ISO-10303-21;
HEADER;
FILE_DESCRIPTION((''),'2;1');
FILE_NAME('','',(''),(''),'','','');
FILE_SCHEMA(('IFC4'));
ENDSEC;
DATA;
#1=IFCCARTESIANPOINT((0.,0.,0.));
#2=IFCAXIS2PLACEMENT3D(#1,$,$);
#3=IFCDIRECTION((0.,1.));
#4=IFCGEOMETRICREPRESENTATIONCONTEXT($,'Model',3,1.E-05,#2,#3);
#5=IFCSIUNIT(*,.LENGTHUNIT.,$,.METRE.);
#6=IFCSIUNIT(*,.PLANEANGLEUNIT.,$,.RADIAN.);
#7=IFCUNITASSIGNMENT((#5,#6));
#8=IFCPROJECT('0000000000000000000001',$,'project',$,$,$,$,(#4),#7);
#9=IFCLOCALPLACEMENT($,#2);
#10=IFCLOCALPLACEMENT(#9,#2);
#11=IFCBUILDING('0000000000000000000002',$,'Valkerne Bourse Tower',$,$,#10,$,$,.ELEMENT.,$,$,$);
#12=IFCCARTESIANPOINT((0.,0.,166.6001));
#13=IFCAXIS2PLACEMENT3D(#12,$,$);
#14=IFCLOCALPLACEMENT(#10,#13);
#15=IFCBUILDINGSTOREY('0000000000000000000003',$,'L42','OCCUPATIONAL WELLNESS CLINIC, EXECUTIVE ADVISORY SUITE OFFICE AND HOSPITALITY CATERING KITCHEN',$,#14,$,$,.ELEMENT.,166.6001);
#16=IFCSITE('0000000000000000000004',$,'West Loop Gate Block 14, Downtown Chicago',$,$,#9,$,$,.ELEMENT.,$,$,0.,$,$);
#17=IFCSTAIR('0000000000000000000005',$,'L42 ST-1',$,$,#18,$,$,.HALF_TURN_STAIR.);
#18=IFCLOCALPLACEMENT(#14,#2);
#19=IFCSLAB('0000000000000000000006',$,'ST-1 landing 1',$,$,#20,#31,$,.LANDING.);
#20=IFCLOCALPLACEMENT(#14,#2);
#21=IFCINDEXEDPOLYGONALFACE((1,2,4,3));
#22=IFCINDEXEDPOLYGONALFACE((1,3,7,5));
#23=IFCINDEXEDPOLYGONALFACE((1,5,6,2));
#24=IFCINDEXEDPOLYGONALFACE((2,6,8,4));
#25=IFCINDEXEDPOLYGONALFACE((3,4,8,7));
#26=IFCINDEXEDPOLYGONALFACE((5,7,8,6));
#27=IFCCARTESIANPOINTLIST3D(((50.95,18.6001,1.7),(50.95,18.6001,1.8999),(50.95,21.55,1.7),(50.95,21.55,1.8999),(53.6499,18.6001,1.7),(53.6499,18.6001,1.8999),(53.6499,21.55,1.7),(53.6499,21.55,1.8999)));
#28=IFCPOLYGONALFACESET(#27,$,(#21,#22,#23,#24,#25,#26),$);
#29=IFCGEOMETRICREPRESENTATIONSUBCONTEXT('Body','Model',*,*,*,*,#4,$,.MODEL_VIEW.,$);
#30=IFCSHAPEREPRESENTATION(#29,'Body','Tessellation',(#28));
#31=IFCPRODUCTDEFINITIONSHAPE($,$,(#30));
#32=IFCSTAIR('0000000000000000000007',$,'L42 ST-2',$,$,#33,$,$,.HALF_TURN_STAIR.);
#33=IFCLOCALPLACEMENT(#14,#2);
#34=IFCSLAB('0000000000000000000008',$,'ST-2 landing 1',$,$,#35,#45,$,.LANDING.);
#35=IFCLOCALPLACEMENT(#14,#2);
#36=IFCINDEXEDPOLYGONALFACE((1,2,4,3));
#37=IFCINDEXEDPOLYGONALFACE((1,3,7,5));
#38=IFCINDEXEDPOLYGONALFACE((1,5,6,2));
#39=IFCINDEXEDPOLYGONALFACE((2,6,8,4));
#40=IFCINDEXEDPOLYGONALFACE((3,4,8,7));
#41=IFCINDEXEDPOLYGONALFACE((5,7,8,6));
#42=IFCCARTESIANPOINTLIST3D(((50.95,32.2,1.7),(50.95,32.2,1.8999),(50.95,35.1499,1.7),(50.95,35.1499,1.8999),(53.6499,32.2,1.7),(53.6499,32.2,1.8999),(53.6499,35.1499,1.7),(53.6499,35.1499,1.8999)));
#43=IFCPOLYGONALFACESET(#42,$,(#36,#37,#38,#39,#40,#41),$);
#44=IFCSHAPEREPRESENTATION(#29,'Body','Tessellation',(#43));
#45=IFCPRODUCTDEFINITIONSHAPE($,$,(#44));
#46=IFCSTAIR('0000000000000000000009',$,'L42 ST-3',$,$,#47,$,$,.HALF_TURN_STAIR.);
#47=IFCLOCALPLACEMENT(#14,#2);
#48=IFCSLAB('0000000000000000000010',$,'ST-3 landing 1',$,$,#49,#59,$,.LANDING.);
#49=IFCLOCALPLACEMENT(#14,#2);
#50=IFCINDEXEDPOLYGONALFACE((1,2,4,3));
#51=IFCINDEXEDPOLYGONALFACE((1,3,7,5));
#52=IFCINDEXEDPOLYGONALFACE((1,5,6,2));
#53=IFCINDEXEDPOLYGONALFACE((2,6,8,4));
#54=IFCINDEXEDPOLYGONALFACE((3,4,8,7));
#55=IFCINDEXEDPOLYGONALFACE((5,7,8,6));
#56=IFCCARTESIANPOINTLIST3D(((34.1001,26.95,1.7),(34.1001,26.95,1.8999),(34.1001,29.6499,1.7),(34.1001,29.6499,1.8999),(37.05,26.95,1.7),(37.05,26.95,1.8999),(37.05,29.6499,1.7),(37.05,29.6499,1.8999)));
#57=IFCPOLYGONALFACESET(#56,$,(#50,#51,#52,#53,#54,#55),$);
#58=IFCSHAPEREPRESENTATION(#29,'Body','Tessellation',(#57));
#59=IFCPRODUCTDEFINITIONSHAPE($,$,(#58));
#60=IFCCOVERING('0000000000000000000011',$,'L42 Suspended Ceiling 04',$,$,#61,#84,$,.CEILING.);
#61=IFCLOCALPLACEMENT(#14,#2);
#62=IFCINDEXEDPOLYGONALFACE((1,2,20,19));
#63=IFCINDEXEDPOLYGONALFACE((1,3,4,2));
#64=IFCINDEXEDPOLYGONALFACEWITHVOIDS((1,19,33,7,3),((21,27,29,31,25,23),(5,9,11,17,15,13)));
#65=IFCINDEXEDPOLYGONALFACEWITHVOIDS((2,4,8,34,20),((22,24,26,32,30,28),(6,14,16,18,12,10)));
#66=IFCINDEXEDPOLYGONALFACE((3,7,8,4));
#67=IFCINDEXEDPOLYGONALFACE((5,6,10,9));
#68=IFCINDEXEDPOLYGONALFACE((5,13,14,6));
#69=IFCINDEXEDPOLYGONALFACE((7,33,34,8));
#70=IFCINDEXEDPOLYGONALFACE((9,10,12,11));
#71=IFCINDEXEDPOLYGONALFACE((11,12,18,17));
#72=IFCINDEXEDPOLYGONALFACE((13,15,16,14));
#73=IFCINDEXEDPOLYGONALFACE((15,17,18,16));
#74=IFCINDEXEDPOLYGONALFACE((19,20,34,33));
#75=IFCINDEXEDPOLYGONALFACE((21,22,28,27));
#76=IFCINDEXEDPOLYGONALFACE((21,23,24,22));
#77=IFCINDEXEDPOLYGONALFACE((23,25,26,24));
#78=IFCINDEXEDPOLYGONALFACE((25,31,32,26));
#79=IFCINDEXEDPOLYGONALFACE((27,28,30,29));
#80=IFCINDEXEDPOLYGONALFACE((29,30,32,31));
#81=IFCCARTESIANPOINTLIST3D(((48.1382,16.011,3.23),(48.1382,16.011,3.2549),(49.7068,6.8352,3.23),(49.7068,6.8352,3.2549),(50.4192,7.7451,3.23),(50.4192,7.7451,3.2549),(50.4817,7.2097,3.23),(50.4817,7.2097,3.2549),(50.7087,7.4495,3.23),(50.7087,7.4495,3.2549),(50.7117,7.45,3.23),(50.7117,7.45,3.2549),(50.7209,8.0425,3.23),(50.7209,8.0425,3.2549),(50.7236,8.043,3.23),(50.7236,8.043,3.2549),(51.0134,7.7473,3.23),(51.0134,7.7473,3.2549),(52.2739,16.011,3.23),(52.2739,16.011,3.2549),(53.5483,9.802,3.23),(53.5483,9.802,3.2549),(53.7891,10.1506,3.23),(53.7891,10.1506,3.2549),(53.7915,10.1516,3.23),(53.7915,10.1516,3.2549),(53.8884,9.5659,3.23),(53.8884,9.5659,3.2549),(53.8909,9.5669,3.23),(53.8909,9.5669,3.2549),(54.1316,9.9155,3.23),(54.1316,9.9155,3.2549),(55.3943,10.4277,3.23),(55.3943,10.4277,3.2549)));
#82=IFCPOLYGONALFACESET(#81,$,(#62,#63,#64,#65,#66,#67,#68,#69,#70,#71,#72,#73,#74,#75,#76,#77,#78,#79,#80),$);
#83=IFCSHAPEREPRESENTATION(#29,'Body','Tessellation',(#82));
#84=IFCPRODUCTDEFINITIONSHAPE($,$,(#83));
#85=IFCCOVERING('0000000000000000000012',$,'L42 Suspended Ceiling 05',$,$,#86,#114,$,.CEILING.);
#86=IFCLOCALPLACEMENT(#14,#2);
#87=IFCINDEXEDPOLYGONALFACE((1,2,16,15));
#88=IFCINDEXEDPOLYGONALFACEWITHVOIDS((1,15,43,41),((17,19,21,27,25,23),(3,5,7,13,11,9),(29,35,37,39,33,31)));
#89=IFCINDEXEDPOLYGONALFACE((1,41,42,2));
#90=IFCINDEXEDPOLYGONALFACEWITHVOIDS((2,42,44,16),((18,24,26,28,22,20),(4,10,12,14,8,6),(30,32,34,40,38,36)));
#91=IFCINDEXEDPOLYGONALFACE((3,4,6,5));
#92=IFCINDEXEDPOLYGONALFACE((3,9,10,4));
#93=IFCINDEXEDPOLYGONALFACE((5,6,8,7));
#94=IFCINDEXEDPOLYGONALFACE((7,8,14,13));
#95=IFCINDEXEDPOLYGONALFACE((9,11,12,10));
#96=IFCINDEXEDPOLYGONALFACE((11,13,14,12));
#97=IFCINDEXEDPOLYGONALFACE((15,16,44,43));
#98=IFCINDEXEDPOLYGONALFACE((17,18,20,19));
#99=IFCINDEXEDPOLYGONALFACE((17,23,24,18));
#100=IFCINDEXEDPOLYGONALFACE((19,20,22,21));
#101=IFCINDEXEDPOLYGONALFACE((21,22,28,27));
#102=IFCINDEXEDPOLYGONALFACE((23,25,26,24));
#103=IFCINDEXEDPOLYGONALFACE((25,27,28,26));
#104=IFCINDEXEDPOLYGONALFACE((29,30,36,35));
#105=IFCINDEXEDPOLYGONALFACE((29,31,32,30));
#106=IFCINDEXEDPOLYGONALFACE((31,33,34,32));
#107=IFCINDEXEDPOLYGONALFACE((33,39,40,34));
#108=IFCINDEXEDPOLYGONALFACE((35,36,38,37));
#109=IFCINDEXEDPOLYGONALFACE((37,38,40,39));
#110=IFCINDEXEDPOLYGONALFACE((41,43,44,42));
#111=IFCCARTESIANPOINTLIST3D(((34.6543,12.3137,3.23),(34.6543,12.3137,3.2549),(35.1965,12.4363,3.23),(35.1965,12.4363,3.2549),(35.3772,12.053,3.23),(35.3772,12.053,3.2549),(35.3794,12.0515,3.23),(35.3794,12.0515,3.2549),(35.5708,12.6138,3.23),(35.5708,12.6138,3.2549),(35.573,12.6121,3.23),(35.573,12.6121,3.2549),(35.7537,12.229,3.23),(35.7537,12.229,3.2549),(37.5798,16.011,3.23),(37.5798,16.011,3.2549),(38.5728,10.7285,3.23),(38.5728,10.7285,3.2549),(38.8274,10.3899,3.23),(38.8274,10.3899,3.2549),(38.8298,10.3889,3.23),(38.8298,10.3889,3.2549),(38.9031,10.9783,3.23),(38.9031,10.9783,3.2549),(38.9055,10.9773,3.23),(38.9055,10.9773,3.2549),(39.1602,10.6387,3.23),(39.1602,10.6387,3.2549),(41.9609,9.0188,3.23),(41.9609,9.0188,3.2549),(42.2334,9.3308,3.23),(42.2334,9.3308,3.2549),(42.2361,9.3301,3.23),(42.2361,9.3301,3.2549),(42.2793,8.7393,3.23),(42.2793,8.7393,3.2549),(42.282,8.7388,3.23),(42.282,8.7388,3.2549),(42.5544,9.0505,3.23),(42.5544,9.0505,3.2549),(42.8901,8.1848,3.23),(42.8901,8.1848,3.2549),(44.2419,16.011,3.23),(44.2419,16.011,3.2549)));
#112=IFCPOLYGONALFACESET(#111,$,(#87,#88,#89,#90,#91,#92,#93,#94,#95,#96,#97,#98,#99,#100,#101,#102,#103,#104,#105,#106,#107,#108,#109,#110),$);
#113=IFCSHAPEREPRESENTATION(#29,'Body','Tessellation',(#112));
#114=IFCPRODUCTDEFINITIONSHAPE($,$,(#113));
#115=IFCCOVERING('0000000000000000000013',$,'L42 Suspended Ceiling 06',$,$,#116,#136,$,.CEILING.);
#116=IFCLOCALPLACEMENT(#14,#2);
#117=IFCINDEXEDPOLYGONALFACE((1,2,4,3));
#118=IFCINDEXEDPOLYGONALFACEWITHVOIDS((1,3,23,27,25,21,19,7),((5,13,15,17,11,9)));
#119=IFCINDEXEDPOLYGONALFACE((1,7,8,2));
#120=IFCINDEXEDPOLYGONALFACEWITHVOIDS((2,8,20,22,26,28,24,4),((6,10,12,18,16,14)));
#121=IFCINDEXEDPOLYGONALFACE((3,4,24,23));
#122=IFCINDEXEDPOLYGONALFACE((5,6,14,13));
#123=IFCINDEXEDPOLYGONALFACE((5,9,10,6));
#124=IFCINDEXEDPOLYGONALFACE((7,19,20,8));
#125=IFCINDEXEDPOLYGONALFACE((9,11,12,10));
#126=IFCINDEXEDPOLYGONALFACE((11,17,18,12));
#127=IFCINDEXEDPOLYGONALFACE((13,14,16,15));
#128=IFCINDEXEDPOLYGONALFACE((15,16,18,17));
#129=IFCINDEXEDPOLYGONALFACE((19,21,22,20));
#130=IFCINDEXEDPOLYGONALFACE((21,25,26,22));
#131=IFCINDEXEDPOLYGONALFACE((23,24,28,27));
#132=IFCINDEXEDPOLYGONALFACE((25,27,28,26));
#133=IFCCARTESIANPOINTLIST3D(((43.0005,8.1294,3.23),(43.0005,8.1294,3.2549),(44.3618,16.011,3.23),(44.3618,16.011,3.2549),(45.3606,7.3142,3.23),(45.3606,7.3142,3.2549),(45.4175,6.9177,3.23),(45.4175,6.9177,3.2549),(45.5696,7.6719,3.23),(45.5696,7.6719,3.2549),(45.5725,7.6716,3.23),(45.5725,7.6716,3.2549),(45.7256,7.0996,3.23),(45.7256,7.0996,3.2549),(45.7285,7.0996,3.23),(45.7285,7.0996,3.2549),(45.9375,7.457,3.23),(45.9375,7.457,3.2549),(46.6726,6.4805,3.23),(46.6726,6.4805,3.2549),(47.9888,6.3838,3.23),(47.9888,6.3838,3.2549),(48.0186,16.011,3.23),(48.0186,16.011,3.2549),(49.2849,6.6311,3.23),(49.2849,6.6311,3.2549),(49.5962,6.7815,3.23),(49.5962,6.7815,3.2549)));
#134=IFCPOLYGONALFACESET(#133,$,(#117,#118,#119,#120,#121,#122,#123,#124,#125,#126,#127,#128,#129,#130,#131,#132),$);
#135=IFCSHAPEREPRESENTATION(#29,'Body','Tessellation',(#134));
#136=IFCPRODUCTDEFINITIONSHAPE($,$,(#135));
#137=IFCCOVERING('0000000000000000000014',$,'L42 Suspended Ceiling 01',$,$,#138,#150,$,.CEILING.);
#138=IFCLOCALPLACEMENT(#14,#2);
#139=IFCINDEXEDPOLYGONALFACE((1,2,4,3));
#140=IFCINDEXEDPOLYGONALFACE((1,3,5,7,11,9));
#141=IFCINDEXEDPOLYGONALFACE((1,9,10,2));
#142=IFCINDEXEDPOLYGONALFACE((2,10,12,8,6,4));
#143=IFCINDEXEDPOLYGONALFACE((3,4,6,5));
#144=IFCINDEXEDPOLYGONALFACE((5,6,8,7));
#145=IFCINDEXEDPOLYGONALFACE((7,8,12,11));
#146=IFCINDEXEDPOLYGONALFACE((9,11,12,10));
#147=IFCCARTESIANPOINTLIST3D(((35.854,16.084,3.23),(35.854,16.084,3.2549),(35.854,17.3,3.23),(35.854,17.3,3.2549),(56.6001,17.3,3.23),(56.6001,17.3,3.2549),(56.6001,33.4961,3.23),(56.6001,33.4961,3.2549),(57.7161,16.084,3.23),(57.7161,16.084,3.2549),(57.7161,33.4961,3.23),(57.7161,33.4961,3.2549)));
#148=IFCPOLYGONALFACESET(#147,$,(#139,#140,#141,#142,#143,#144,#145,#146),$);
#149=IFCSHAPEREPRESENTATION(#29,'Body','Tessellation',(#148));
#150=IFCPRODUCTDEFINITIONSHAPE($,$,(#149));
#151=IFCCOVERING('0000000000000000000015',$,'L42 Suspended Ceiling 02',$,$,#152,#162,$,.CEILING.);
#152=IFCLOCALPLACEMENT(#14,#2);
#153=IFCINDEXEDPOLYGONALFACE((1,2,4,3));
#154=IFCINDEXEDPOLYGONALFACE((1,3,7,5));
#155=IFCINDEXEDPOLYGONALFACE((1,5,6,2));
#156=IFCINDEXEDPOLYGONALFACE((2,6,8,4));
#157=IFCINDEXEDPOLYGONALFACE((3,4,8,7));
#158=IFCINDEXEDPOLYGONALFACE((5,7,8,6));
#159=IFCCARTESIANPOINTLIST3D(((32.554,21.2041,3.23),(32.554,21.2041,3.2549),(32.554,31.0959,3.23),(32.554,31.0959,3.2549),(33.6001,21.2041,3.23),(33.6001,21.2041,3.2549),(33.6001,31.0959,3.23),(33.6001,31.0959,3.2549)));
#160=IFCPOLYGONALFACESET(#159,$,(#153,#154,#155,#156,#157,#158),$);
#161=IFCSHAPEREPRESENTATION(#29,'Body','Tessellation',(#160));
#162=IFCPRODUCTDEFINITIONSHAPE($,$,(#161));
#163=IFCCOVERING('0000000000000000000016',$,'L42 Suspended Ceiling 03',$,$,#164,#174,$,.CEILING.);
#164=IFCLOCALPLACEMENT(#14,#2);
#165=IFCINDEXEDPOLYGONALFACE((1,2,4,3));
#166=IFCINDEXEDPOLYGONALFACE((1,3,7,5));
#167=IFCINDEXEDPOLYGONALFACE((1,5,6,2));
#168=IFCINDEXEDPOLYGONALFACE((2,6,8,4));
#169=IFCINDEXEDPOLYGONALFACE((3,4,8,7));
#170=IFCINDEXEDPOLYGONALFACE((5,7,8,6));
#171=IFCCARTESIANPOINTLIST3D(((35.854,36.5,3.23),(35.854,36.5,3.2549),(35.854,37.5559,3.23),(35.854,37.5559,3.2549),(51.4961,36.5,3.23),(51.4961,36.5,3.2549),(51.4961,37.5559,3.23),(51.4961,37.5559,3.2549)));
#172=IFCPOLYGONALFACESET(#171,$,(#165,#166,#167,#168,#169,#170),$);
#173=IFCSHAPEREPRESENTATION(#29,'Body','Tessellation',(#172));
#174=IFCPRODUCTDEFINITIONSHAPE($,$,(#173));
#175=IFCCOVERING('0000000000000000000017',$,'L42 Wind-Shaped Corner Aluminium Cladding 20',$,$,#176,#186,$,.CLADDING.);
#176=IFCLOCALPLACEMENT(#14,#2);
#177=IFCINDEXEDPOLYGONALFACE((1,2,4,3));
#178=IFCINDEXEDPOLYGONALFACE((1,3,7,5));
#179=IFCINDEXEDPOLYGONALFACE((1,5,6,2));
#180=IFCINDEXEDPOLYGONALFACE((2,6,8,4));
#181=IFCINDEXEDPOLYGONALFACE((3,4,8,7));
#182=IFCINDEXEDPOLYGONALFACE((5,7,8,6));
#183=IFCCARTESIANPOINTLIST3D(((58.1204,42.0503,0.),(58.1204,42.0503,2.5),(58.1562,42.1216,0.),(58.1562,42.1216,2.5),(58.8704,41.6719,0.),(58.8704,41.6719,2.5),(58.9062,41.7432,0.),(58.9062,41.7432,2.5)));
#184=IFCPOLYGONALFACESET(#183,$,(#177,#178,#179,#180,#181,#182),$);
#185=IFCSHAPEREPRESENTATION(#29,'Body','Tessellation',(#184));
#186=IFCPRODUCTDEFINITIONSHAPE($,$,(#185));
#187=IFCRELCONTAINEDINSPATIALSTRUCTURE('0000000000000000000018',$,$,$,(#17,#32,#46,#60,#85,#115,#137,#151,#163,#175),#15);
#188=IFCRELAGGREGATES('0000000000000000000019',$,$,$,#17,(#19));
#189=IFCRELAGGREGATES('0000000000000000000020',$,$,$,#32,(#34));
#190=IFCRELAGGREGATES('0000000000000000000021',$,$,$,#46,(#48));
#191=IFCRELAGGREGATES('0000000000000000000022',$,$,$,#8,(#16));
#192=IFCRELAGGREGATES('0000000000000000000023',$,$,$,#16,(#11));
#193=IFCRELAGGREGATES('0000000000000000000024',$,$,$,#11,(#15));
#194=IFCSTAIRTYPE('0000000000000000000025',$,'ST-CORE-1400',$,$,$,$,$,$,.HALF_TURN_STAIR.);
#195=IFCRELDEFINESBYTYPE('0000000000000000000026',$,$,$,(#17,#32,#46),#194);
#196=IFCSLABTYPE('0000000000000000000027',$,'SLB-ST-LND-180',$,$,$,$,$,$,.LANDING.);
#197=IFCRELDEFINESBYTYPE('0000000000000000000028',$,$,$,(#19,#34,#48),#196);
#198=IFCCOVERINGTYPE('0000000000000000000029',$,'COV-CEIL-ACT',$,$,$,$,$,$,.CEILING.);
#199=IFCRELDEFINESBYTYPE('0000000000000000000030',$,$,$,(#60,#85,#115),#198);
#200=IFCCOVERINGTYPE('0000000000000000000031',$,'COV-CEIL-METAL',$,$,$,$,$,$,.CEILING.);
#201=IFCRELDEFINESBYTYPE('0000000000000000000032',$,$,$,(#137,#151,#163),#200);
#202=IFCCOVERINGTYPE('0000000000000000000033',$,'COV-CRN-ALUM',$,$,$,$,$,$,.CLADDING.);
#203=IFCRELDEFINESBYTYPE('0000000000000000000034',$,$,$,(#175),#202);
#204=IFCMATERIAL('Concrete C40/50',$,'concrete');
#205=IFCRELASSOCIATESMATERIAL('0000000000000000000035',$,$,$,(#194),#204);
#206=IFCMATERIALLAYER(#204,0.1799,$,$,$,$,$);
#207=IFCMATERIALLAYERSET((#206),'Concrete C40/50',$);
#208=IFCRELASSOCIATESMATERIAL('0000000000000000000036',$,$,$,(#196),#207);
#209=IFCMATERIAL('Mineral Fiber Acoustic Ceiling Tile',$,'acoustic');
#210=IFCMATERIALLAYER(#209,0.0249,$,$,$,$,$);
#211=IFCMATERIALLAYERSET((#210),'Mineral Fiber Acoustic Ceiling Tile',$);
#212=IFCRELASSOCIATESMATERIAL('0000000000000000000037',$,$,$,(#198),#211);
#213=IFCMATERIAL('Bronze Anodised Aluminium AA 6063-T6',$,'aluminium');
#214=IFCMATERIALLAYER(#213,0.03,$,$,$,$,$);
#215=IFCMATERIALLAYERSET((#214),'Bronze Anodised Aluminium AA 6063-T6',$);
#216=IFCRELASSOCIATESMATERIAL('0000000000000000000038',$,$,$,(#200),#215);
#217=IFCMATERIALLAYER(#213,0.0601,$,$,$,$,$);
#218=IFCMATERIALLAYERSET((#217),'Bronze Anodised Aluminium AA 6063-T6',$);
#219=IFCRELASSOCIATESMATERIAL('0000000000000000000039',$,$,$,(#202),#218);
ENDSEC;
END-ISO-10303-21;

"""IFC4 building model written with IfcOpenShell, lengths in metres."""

from ifc_helpers import new_model, si_unit, direction, frame, origin, place, context, subcontext, project, spatial, polyline, outline, extrude, material, layer, layer_set, type_object, element, aggregate, save


model = new_model("IFC4")

# Units and contexts
model_context = context("Model", 3, precision=1e-05, world=origin(), true_north=direction((0.0, 1.0)))
body_context = subcontext(model_context, "Body", "Model", "MODEL_VIEW")
ifc_project = project(units=[si_unit("LENGTHUNIT", "METRE"), si_unit("PLANEANGLEUNIT", "RADIAN")], contexts=[model_context])

# Site, building, storey
site_placement = place(None, origin())
site = spatial("IfcSite", under=ifc_project, at=site_placement, Name="West Loop Gate Block 14, Downtown Chicago", CompositionType="ELEMENT", RefElevation=0.0)
building_placement = place(site_placement, origin())
building = spatial("IfcBuilding", under=site, at=building_placement, Name="Valkerne Bourse Tower", CompositionType="ELEMENT")
storey_placement = place(building_placement, frame((0.0, 0.0, 166.6001)))
storey = spatial("IfcBuildingStorey", under=building, at=storey_placement, Name="L42", Description="OCCUPATIONAL WELLNESS CLINIC, EXECUTIVE ADVISORY SUITE OFFICE AND HOSPITALITY CATERING KITCHEN", CompositionType="ELEMENT", Elevation=166.6001)

# Stairs, slabs
ifc_material_1 = material(Name="Concrete C40/50", Category="concrete")
stair_type = type_object("IfcStairType", Name="ST-CORE-1400", PredefinedType="HALF_TURN_STAIR", material=ifc_material_1)
stair_1_placement = place(storey_placement, origin())
stair_1 = element("IfcStair", 1, at=stair_1_placement, inside=storey, type_object=stair_type, Name="L42 ST-1", PredefinedType="HALF_TURN_STAIR")
ifc_layer_1 = layer(ifc_material_1, 0.1799)
ifc_layer_set_1 = layer_set([ifc_layer_1], Name="Concrete C40/50")
slab_type = type_object("IfcSlabType", Name="SLB-ST-LND-180", PredefinedType="LANDING", material=ifc_layer_set_1)
slab_1_placement = place(storey_placement, frame((0.0, 0.0, 1.7)))
slab_1 = element("IfcSlab", 2, at=slab_1_placement, type_object=slab_type, Name="ST-1 landing 1", PredefinedType="LANDING", context=body_context, shape_type="SweptSolid", body=[
    extrude(outline(polyline([(50.95, 18.6001), (53.6499, 18.6001), (53.6499, 21.55), (50.95, 21.55), (50.95, 18.6001)])), origin(), (0.0, 0.0, 1.0), 0.2),
])
aggregate(stair_1, [slab_1])
stair_2_placement = place(storey_placement, origin())
stair_2 = element("IfcStair", 3, at=stair_2_placement, inside=storey, type_object=stair_type, Name="L42 ST-2", PredefinedType="HALF_TURN_STAIR")
slab_2_placement = place(storey_placement, frame((0.0, 0.0, 1.7)))
slab_2 = element("IfcSlab", 4, at=slab_2_placement, type_object=slab_type, Name="ST-2 landing 1", PredefinedType="LANDING", context=body_context, shape_type="SweptSolid", body=[
    extrude(outline(polyline([(50.95, 32.2), (53.6499, 32.2), (53.6499, 35.1499), (50.95, 35.1499), (50.95, 32.2)])), origin(), (0.0, 0.0, 1.0), 0.2),
])
aggregate(stair_2, [slab_2])
stair_3_placement = place(storey_placement, origin())
stair_3 = element("IfcStair", 5, at=stair_3_placement, inside=storey, type_object=stair_type, Name="L42 ST-3", PredefinedType="HALF_TURN_STAIR")
slab_3_placement = place(storey_placement, frame((0.0, 0.0, 1.7)))
slab_3 = element("IfcSlab", 6, at=slab_3_placement, type_object=slab_type, Name="ST-3 landing 1", PredefinedType="LANDING", context=body_context, shape_type="SweptSolid", body=[
    extrude(outline(polyline([(37.05, 26.95), (37.05, 29.6499), (34.1001, 29.6499), (34.1001, 26.95), (37.05, 26.95)])), origin(), (0.0, 0.0, 1.0), 0.2),
])
aggregate(stair_3, [slab_3])

# Coverings
ifc_material_2 = material(Name="Mineral Fiber Acoustic Ceiling Tile", Category="acoustic")
ifc_layer_2 = layer(ifc_material_2, 0.0249)
ifc_layer_set_2 = layer_set([ifc_layer_2], Name="Mineral Fiber Acoustic Ceiling Tile")
covering_type_1 = type_object("IfcCoveringType", Name="COV-CEIL-ACT", PredefinedType="CEILING", material=ifc_layer_set_2)
covering_1_placement = place(storey_placement, frame((0.0, 0.0, 3.23)))
element("IfcCovering", 7, at=covering_1_placement, inside=storey, type_object=covering_type_1, Name="L42 Suspended Ceiling 04", PredefinedType="CEILING", context=body_context, shape_type="SweptSolid", body=[
    extrude(outline(polyline([(48.1382, 16.011), (52.2739, 16.011), (55.3943, 10.4277), (50.4817, 7.2097), (49.7068, 6.8352), (48.1382, 16.011)]), holes=[polyline([(51.0134, 7.7473), (50.7236, 8.043), (50.7209, 8.0425), (50.4192, 7.7451), (50.7087, 7.4495), (50.7117, 7.45), (51.0134, 7.7473)]), polyline([(54.1316, 9.9155), (53.7915, 10.1516), (53.7891, 10.1506), (53.5483, 9.802), (53.8884, 9.5659), (53.8909, 9.5669), (54.1316, 9.9155)])]), origin(), (0.0, 0.0, 1.0), 0.0249),
])
covering_2_placement = place(storey_placement, frame((0.0, 0.0, 3.23)))
element("IfcCovering", 8, at=covering_2_placement, inside=storey, type_object=covering_type_1, Name="L42 Suspended Ceiling 05", PredefinedType="CEILING", context=body_context, shape_type="SweptSolid", body=[
    extrude(outline(polyline([(44.2419, 16.011), (42.8901, 8.1848), (34.6543, 12.3137), (37.5798, 16.011), (44.2419, 16.011)]), holes=[polyline([(35.573, 12.6121), (35.5708, 12.6138), (35.1965, 12.4363), (35.3772, 12.053), (35.3794, 12.0515), (35.7537, 12.229), (35.573, 12.6121)]), polyline([(42.2361, 9.3301), (42.2334, 9.3308), (41.9609, 9.0188), (42.2793, 8.7393), (42.282, 8.7388), (42.5544, 9.0505), (42.2361, 9.3301)]), polyline([(39.1602, 10.6387), (38.9055, 10.9773), (38.9031, 10.9783), (38.5728, 10.7285), (38.8274, 10.3899), (38.8298, 10.3889), (39.1602, 10.6387)])]), origin(), (0.0, 0.0, 1.0), 0.0249),
])
covering_3_placement = place(storey_placement, frame((0.0, 0.0, 3.23)))
element("IfcCovering", 9, at=covering_3_placement, inside=storey, type_object=covering_type_1, Name="L42 Suspended Ceiling 06", PredefinedType="CEILING", context=body_context, shape_type="SweptSolid", body=[
    extrude(outline(polyline([(46.6726, 6.4805), (45.4175, 6.9177), (43.0005, 8.1294), (44.3618, 16.011), (48.0186, 16.011), (49.5962, 6.7815), (49.2849, 6.6311), (47.9888, 6.3838), (46.6726, 6.4805)]), holes=[polyline([(45.9375, 7.457), (45.5725, 7.6716), (45.5696, 7.6719), (45.3606, 7.3142), (45.7256, 7.0996), (45.7285, 7.0996), (45.9375, 7.457)])]), origin(), (0.0, 0.0, 1.0), 0.0249),
])
ifc_material_3 = material(Name="Bronze Anodised Aluminium AA 6063-T6", Category="aluminium")
ifc_layer_3 = layer(ifc_material_3, 0.03)
ifc_layer_set_3 = layer_set([ifc_layer_3], Name="Bronze Anodised Aluminium AA 6063-T6")
covering_type_2 = type_object("IfcCoveringType", Name="COV-CEIL-METAL", PredefinedType="CEILING", material=ifc_layer_set_3)
covering_4_placement = place(storey_placement, frame((0.0, 0.0, 3.23)))
element("IfcCovering", 10, at=covering_4_placement, inside=storey, type_object=covering_type_2, Name="L42 Suspended Ceiling 01", PredefinedType="CEILING", context=body_context, shape_type="SweptSolid", body=[
    extrude(outline(polyline([(35.854, 17.3), (56.6001, 17.3), (56.6001, 33.4961), (57.7161, 33.4961), (57.7161, 16.084), (35.854, 16.084), (35.854, 17.3)])), origin(), (0.0, 0.0, 1.0), 0.0249),
])
covering_5_placement = place(storey_placement, frame((0.0, 0.0, 3.23)))
element("IfcCovering", 11, at=covering_5_placement, inside=storey, type_object=covering_type_2, Name="L42 Suspended Ceiling 02", PredefinedType="CEILING", context=body_context, shape_type="SweptSolid", body=[
    extrude(outline(polyline([(32.554, 21.2041), (32.554, 31.0959), (33.6001, 31.0959), (33.6001, 21.2041), (32.554, 21.2041)])), origin(), (0.0, 0.0, 1.0), 0.0249),
])
covering_6_placement = place(storey_placement, frame((0.0, 0.0, 3.23)))
element("IfcCovering", 12, at=covering_6_placement, inside=storey, type_object=covering_type_2, Name="L42 Suspended Ceiling 03", PredefinedType="CEILING", context=body_context, shape_type="SweptSolid", body=[
    extrude(outline(polyline([(35.854, 37.5559), (51.4961, 37.5559), (51.4961, 36.5), (35.854, 36.5), (35.854, 37.5559)])), origin(), (0.0, 0.0, 1.0), 0.0249),
])
ifc_layer_4 = layer(ifc_material_3, 0.0601)
ifc_layer_set_4 = layer_set([ifc_layer_4], Name="Bronze Anodised Aluminium AA 6063-T6")
covering_type_3 = type_object("IfcCoveringType", Name="COV-CRN-ALUM", PredefinedType="CLADDING", material=ifc_layer_set_4)
covering_7_placement = place(storey_placement, origin())
element("IfcCovering", 13, at=covering_7_placement, inside=storey, type_object=covering_type_3, Name="L42 Wind-Shaped Corner Aluminium Cladding 20", PredefinedType="CLADDING", context=body_context, shape_type="SweptSolid", body=[
    extrude(outline(polyline([(58.9062, 41.7432), (58.8704, 41.6719), (58.1204, 42.0503), (58.1562, 42.1216), (58.9062, 41.7432)])), origin(), (0.0, 0.0, 1.0), 2.5),
])

save(model, "model.ifc")
